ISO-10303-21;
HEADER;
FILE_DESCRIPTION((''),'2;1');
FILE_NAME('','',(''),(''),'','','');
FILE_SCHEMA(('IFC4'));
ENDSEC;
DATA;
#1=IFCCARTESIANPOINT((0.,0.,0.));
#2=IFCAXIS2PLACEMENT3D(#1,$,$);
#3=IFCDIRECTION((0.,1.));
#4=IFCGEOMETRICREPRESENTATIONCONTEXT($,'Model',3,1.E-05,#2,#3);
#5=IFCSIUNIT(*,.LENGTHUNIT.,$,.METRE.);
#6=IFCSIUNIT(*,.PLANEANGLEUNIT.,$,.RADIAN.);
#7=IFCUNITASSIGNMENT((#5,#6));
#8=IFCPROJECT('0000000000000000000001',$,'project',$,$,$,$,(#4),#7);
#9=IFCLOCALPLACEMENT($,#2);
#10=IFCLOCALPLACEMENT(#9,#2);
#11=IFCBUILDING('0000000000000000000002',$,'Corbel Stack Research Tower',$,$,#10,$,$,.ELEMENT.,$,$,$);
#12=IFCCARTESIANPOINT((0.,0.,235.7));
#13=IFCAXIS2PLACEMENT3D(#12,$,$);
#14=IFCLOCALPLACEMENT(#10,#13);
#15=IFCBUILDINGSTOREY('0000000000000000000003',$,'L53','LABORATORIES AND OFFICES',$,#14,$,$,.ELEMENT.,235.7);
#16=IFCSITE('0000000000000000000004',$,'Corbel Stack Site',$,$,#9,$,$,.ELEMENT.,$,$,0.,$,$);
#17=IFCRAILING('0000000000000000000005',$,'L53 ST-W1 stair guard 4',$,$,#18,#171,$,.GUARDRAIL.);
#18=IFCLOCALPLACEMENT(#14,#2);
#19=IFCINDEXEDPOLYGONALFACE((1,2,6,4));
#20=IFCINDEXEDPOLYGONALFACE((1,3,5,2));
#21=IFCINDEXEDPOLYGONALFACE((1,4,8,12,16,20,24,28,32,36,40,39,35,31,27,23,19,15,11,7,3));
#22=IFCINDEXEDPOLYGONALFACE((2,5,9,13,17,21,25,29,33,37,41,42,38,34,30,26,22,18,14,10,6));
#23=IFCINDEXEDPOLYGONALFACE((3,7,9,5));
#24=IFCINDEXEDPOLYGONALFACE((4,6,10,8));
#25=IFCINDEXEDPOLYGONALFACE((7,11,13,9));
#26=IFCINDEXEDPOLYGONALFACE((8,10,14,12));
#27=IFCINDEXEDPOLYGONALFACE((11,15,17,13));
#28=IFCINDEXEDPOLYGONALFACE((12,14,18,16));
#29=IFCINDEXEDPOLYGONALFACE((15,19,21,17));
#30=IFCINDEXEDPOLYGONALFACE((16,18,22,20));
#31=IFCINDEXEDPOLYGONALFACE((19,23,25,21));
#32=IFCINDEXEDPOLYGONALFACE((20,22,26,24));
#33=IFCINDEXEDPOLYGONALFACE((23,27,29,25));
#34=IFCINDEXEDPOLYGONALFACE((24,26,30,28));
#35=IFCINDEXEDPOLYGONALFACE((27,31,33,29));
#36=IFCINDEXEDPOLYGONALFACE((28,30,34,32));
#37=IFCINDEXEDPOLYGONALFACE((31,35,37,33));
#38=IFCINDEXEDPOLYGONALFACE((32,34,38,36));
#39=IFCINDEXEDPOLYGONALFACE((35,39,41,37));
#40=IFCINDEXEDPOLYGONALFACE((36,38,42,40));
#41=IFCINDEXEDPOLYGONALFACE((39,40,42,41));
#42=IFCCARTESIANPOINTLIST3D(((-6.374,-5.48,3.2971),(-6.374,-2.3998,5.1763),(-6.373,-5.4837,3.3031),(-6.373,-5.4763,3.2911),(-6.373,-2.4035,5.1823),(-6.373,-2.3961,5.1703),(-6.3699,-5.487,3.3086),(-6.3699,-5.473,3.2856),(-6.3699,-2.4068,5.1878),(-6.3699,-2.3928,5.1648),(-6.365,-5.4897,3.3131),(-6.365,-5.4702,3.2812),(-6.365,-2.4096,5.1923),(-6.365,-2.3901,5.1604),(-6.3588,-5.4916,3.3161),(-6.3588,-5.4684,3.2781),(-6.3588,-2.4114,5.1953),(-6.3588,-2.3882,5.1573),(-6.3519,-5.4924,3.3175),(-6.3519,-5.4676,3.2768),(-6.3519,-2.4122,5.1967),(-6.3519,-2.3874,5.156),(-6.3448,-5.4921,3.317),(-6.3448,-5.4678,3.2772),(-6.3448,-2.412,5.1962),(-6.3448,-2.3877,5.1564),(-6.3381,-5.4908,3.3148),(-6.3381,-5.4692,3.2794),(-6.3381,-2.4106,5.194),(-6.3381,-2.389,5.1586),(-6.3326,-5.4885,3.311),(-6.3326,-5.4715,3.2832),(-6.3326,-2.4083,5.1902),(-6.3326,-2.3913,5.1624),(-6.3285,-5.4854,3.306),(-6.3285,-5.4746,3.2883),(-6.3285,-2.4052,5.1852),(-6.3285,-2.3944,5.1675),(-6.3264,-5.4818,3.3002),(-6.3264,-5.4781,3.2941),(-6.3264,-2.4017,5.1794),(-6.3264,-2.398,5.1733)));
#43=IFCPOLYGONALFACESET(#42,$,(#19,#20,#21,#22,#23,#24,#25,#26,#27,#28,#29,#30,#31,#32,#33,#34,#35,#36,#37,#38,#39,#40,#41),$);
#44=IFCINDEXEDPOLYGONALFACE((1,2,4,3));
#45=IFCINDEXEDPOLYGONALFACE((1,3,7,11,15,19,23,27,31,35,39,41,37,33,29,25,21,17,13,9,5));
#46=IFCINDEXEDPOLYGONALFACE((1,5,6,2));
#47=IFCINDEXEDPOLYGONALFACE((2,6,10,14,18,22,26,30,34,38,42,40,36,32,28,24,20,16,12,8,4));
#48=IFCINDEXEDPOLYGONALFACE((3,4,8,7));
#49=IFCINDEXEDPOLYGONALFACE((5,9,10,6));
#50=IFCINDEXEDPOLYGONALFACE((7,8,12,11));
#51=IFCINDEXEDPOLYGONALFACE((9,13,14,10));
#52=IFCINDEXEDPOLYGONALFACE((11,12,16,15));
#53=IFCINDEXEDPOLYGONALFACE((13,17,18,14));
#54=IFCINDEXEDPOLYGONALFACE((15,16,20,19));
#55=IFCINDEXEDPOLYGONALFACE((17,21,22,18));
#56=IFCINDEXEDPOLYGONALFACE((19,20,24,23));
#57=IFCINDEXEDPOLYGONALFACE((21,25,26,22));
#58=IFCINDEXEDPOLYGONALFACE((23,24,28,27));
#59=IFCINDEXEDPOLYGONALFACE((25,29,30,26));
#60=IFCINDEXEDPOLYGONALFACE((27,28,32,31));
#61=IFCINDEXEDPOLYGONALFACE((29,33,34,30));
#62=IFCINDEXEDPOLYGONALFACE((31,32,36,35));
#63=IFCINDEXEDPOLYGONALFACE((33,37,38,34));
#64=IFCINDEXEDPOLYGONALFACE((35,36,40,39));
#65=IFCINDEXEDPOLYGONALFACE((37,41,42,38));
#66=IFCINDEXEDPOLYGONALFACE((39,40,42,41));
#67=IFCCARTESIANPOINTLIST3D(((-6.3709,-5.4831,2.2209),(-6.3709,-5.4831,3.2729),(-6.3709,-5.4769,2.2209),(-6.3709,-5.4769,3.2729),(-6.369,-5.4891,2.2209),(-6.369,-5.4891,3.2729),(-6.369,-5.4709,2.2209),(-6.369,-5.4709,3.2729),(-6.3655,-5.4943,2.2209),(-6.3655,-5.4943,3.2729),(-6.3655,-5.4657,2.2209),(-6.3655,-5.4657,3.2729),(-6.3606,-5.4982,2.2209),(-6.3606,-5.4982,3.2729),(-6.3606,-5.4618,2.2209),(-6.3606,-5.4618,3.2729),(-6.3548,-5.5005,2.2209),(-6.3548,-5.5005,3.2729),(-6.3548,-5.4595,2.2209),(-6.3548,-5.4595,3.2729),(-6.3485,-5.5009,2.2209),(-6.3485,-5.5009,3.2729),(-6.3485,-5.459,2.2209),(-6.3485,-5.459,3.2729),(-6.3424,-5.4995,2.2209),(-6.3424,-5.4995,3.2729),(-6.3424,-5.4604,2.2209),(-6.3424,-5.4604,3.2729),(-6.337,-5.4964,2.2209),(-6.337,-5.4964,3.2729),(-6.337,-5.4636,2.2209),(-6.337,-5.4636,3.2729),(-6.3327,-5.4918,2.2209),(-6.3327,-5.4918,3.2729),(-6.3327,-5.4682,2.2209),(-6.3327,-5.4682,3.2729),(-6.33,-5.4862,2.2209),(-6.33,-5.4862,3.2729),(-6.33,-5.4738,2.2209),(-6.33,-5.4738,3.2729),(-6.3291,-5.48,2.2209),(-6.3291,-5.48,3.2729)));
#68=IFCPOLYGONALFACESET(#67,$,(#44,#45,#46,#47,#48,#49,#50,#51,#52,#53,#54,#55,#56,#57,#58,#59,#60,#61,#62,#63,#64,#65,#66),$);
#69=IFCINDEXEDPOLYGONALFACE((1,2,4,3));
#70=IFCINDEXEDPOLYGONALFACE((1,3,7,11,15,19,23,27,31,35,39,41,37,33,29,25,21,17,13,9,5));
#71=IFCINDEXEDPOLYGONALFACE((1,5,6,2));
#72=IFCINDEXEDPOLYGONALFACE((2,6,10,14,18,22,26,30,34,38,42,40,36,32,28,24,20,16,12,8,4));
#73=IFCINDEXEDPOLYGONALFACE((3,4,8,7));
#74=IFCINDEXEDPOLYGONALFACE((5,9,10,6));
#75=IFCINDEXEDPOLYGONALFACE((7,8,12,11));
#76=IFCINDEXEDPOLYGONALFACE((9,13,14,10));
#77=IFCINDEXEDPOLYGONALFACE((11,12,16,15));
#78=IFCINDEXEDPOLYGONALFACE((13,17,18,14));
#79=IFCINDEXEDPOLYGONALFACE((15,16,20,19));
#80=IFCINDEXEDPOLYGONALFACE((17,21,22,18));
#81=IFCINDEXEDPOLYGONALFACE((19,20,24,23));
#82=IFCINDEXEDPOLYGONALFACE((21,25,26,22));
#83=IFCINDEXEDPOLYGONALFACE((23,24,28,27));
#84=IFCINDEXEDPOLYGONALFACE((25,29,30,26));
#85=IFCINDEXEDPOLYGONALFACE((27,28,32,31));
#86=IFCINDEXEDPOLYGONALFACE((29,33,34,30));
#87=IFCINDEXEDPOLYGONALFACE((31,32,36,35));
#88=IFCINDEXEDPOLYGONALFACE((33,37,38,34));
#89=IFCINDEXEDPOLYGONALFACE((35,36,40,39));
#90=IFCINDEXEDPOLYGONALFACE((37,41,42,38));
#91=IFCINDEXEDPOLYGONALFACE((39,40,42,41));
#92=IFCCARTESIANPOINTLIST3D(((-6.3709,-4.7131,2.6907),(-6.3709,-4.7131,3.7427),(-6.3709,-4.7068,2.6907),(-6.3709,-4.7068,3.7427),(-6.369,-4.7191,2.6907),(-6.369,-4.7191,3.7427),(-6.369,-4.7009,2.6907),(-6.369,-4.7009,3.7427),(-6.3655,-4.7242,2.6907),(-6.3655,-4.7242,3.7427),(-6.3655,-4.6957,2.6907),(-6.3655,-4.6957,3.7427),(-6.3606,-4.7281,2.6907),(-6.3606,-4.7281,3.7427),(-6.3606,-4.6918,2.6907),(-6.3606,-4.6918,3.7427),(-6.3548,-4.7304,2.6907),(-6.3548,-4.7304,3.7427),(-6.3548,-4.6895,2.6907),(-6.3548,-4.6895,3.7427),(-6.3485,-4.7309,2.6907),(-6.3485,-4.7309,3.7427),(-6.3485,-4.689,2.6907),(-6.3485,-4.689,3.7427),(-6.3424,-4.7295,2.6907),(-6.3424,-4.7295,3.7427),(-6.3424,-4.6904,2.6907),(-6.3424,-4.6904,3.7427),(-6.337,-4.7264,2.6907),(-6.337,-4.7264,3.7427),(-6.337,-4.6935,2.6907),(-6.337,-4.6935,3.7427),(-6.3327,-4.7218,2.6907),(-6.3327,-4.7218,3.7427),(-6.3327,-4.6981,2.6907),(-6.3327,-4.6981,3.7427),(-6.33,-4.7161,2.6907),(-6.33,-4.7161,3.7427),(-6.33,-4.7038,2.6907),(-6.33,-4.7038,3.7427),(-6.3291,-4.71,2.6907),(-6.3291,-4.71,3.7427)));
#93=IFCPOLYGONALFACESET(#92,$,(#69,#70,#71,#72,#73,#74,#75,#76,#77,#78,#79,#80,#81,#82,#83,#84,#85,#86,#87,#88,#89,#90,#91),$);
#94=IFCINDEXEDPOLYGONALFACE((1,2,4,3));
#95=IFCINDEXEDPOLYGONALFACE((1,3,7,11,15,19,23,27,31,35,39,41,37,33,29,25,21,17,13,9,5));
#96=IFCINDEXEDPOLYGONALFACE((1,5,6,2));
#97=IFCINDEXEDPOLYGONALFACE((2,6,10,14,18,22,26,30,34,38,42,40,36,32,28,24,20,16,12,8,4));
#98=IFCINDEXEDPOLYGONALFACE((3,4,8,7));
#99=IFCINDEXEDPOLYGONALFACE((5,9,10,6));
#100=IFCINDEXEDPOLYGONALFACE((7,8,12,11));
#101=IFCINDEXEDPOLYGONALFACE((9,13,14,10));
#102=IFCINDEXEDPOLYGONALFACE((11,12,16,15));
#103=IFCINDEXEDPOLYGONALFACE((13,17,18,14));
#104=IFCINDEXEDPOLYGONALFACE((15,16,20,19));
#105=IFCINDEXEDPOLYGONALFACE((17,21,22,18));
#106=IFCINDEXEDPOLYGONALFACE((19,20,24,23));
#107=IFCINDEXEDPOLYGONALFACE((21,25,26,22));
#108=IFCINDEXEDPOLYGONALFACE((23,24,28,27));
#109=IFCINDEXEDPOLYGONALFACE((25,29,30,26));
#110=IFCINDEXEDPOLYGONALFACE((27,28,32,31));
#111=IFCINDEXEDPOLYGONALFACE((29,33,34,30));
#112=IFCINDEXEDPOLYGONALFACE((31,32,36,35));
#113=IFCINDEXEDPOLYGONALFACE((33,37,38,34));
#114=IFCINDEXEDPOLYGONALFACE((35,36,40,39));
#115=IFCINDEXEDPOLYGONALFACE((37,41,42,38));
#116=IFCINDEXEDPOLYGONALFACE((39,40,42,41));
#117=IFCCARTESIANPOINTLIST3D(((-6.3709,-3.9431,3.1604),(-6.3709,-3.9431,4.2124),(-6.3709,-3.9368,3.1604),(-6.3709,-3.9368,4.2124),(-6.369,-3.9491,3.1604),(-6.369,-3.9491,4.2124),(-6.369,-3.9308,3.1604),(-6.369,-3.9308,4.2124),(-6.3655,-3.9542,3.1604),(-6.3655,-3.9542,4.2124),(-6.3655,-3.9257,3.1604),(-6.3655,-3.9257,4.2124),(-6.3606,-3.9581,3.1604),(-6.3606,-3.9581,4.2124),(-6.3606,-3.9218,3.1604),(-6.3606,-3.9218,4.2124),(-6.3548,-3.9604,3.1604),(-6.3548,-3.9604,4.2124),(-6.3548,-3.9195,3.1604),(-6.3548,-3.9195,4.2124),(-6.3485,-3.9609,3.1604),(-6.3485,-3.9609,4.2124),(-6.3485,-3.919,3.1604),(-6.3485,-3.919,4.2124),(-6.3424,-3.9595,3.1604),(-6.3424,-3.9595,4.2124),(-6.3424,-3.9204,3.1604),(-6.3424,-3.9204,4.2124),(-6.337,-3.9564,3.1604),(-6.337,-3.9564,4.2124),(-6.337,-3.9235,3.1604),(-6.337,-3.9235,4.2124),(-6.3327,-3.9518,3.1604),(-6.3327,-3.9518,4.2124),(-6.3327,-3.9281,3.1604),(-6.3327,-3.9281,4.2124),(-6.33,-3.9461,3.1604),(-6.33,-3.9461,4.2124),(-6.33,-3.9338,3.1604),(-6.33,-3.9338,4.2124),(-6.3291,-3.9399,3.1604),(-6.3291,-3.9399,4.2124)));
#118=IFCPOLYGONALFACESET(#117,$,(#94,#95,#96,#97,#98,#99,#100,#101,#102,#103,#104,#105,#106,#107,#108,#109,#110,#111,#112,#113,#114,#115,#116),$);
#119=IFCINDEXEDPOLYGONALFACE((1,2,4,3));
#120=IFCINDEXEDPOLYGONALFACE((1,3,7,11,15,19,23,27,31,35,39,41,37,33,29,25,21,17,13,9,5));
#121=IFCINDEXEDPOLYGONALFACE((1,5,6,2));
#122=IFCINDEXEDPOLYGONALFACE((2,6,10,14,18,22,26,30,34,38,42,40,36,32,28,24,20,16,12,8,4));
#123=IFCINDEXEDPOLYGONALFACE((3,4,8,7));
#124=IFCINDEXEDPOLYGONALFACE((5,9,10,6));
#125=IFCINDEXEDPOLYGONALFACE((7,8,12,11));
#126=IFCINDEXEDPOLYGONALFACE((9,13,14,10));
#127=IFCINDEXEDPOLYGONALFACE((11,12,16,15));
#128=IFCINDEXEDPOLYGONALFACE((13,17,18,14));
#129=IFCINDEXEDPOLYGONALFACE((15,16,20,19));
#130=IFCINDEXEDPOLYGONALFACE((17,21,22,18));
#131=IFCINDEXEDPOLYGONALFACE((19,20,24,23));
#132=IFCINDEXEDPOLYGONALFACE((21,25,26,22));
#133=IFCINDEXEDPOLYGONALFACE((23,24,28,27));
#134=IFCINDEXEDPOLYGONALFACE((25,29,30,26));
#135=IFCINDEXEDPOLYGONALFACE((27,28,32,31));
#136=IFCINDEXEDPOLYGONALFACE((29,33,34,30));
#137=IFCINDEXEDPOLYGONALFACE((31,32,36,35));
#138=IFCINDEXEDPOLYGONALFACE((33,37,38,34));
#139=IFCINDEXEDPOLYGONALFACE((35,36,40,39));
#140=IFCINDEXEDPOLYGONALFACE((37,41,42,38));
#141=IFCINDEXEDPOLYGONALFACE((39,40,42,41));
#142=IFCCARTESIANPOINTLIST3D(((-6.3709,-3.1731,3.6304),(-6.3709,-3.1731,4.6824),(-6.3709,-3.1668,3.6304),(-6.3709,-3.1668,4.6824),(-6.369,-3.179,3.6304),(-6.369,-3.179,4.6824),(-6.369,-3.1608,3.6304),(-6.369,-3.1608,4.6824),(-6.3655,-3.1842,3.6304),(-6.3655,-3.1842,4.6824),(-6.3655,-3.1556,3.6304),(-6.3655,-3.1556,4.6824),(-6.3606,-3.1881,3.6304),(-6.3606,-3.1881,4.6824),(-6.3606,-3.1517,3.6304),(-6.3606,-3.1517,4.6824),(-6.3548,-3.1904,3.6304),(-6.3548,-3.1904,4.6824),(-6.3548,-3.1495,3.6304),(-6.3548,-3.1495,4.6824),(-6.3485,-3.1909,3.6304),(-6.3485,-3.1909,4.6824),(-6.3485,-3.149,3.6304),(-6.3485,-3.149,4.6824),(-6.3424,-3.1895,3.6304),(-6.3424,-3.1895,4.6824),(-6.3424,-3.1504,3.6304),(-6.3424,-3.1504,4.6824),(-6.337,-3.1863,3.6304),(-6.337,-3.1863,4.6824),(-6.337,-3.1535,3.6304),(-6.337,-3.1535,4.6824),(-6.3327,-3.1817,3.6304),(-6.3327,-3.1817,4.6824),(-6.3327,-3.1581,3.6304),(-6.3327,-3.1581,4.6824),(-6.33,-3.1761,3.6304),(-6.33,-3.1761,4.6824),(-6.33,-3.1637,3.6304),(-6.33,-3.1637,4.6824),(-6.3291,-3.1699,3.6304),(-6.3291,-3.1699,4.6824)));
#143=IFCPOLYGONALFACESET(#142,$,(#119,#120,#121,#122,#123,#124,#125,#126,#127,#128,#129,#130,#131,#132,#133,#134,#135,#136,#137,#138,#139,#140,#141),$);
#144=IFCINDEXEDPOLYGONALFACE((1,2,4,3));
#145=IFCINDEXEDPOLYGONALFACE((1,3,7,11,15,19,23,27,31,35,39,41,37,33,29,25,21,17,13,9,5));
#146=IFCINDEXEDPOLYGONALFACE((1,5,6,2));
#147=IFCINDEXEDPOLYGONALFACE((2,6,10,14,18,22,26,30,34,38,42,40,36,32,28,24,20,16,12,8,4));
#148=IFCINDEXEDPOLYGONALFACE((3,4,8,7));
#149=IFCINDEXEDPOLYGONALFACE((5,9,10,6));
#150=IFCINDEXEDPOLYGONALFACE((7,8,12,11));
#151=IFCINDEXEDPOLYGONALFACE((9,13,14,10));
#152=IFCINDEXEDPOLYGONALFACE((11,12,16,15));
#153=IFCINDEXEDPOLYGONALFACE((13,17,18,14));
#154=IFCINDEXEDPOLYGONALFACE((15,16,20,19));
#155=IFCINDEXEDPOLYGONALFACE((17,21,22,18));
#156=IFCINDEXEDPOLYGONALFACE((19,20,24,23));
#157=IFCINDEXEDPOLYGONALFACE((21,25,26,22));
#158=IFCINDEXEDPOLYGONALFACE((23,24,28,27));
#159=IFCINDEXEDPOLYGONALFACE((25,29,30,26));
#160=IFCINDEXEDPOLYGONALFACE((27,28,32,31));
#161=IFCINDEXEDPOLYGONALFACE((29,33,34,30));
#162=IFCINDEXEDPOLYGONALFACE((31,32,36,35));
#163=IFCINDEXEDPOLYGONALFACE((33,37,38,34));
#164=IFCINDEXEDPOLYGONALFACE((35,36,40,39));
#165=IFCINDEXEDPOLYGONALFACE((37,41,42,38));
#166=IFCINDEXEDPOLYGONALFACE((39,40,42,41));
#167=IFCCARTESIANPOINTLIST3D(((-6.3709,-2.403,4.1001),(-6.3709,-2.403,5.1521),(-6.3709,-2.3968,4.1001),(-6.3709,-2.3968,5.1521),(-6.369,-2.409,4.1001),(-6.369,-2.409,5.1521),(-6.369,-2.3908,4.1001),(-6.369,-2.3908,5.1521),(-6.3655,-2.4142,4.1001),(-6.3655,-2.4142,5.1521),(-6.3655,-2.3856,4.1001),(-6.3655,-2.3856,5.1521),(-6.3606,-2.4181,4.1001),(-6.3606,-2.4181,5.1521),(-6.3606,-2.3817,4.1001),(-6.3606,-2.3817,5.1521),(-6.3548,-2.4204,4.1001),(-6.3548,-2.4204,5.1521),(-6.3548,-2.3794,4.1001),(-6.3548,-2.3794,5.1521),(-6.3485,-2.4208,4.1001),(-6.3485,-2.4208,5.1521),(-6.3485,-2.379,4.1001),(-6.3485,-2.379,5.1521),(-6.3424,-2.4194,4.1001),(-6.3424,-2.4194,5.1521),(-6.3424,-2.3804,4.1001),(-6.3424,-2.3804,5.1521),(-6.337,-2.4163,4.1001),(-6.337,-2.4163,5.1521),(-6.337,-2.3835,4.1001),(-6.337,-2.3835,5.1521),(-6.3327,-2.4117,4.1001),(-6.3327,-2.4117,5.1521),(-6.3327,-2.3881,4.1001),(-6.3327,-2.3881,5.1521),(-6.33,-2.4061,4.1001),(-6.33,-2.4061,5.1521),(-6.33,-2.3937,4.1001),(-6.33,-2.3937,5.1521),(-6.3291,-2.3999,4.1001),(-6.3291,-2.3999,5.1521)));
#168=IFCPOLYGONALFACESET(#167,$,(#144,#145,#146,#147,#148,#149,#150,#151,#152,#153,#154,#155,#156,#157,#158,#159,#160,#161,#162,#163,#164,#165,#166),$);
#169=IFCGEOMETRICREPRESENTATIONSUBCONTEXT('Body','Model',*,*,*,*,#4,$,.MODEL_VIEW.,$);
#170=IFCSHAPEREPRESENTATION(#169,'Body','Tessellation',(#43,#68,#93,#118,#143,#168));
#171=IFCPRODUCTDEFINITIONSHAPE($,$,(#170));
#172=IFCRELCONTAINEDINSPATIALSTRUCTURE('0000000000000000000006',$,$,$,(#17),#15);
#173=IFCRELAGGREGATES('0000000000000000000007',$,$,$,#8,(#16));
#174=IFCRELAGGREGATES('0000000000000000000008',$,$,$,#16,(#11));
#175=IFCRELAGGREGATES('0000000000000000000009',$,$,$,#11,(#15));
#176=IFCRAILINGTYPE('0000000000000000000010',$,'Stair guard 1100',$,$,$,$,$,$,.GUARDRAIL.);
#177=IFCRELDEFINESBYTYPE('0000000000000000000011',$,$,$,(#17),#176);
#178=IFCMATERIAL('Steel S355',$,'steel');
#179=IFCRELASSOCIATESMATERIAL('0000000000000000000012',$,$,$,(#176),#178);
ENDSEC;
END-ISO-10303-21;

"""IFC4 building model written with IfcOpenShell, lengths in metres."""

from ifc_helpers import new_model, si_unit, direction, frame, origin, origin_2d, place, context, subcontext, project, spatial, circle, extrude, material, type_object, element, save


model = new_model("IFC4")

# Units and contexts
model_context = context("Model", 3, precision=1e-05, world=origin(), true_north=direction((0.0, 1.0)))
body_context = subcontext(model_context, "Body", "Model", "MODEL_VIEW")
ifc_project = project(units=[si_unit("LENGTHUNIT", "METRE"), si_unit("PLANEANGLEUNIT", "RADIAN")], contexts=[model_context])

# Site, building, storey
site_placement = place(None, origin())
site = spatial("IfcSite", under=ifc_project, at=site_placement, Name="Corbel Stack Site", CompositionType="ELEMENT", RefElevation=0.0)
building_placement = place(site_placement, origin())
building = spatial("IfcBuilding", under=site, at=building_placement, Name="Corbel Stack Research Tower", CompositionType="ELEMENT")
storey_placement = place(building_placement, frame((0.0, 0.0, 235.7)))
storey = spatial("IfcBuildingStorey", under=building, at=storey_placement, Name="L53", Description="LABORATORIES AND OFFICES", CompositionType="ELEMENT", Elevation=235.7)

# Railing
ifc_material_1 = material(Name="Steel S355", Category="steel")
railing_type_1 = type_object("IfcRailingType", Name="Stair guard 1100", PredefinedType="GUARDRAIL", material=ifc_material_1)
railing_1_placement = place(storey_placement, frame((-6.3501, -5.48, 2.2209)))
element("IfcRailing", 1, at=railing_1_placement, inside=storey, type_object=railing_type_1, Name="L53 ST-W1 stair guard 4", PredefinedType="GUARDRAIL", context=body_context, shape_type="SweptSolid", body=[
    extrude(circle(Radius=0.0239, at=origin_2d()), frame((0.0, 0.0, 1.0762), z_axis=(0.0, 0.853666, 0.52082), x_axis=(-1.0, 0.0, 0.0)), (0.0, 0.0, 1.0), 3.6082),
    extrude(circle(Radius=0.021, at=origin_2d()), origin(), (0.0, 0.0, 1.0), 1.052),
    extrude(circle(Radius=0.021, at=origin_2d()), frame((0.0, 0.77, 0.4697)), (0.0, 0.0, 1.0), 1.052),
    extrude(circle(Radius=0.021, at=origin_2d()), frame((0.0, 1.54, 0.9395)), (0.0, 0.0, 1.0), 1.052),
    extrude(circle(Radius=0.021, at=origin_2d()), frame((0.0, 2.3101, 1.4094)), (0.0, 0.0, 1.0), 1.052),
    extrude(circle(Radius=0.021, at=origin_2d()), frame((0.0, 3.0801, 1.8792)), (0.0, 0.0, 1.0), 1.052),
])

save(model, "model.ifc")
